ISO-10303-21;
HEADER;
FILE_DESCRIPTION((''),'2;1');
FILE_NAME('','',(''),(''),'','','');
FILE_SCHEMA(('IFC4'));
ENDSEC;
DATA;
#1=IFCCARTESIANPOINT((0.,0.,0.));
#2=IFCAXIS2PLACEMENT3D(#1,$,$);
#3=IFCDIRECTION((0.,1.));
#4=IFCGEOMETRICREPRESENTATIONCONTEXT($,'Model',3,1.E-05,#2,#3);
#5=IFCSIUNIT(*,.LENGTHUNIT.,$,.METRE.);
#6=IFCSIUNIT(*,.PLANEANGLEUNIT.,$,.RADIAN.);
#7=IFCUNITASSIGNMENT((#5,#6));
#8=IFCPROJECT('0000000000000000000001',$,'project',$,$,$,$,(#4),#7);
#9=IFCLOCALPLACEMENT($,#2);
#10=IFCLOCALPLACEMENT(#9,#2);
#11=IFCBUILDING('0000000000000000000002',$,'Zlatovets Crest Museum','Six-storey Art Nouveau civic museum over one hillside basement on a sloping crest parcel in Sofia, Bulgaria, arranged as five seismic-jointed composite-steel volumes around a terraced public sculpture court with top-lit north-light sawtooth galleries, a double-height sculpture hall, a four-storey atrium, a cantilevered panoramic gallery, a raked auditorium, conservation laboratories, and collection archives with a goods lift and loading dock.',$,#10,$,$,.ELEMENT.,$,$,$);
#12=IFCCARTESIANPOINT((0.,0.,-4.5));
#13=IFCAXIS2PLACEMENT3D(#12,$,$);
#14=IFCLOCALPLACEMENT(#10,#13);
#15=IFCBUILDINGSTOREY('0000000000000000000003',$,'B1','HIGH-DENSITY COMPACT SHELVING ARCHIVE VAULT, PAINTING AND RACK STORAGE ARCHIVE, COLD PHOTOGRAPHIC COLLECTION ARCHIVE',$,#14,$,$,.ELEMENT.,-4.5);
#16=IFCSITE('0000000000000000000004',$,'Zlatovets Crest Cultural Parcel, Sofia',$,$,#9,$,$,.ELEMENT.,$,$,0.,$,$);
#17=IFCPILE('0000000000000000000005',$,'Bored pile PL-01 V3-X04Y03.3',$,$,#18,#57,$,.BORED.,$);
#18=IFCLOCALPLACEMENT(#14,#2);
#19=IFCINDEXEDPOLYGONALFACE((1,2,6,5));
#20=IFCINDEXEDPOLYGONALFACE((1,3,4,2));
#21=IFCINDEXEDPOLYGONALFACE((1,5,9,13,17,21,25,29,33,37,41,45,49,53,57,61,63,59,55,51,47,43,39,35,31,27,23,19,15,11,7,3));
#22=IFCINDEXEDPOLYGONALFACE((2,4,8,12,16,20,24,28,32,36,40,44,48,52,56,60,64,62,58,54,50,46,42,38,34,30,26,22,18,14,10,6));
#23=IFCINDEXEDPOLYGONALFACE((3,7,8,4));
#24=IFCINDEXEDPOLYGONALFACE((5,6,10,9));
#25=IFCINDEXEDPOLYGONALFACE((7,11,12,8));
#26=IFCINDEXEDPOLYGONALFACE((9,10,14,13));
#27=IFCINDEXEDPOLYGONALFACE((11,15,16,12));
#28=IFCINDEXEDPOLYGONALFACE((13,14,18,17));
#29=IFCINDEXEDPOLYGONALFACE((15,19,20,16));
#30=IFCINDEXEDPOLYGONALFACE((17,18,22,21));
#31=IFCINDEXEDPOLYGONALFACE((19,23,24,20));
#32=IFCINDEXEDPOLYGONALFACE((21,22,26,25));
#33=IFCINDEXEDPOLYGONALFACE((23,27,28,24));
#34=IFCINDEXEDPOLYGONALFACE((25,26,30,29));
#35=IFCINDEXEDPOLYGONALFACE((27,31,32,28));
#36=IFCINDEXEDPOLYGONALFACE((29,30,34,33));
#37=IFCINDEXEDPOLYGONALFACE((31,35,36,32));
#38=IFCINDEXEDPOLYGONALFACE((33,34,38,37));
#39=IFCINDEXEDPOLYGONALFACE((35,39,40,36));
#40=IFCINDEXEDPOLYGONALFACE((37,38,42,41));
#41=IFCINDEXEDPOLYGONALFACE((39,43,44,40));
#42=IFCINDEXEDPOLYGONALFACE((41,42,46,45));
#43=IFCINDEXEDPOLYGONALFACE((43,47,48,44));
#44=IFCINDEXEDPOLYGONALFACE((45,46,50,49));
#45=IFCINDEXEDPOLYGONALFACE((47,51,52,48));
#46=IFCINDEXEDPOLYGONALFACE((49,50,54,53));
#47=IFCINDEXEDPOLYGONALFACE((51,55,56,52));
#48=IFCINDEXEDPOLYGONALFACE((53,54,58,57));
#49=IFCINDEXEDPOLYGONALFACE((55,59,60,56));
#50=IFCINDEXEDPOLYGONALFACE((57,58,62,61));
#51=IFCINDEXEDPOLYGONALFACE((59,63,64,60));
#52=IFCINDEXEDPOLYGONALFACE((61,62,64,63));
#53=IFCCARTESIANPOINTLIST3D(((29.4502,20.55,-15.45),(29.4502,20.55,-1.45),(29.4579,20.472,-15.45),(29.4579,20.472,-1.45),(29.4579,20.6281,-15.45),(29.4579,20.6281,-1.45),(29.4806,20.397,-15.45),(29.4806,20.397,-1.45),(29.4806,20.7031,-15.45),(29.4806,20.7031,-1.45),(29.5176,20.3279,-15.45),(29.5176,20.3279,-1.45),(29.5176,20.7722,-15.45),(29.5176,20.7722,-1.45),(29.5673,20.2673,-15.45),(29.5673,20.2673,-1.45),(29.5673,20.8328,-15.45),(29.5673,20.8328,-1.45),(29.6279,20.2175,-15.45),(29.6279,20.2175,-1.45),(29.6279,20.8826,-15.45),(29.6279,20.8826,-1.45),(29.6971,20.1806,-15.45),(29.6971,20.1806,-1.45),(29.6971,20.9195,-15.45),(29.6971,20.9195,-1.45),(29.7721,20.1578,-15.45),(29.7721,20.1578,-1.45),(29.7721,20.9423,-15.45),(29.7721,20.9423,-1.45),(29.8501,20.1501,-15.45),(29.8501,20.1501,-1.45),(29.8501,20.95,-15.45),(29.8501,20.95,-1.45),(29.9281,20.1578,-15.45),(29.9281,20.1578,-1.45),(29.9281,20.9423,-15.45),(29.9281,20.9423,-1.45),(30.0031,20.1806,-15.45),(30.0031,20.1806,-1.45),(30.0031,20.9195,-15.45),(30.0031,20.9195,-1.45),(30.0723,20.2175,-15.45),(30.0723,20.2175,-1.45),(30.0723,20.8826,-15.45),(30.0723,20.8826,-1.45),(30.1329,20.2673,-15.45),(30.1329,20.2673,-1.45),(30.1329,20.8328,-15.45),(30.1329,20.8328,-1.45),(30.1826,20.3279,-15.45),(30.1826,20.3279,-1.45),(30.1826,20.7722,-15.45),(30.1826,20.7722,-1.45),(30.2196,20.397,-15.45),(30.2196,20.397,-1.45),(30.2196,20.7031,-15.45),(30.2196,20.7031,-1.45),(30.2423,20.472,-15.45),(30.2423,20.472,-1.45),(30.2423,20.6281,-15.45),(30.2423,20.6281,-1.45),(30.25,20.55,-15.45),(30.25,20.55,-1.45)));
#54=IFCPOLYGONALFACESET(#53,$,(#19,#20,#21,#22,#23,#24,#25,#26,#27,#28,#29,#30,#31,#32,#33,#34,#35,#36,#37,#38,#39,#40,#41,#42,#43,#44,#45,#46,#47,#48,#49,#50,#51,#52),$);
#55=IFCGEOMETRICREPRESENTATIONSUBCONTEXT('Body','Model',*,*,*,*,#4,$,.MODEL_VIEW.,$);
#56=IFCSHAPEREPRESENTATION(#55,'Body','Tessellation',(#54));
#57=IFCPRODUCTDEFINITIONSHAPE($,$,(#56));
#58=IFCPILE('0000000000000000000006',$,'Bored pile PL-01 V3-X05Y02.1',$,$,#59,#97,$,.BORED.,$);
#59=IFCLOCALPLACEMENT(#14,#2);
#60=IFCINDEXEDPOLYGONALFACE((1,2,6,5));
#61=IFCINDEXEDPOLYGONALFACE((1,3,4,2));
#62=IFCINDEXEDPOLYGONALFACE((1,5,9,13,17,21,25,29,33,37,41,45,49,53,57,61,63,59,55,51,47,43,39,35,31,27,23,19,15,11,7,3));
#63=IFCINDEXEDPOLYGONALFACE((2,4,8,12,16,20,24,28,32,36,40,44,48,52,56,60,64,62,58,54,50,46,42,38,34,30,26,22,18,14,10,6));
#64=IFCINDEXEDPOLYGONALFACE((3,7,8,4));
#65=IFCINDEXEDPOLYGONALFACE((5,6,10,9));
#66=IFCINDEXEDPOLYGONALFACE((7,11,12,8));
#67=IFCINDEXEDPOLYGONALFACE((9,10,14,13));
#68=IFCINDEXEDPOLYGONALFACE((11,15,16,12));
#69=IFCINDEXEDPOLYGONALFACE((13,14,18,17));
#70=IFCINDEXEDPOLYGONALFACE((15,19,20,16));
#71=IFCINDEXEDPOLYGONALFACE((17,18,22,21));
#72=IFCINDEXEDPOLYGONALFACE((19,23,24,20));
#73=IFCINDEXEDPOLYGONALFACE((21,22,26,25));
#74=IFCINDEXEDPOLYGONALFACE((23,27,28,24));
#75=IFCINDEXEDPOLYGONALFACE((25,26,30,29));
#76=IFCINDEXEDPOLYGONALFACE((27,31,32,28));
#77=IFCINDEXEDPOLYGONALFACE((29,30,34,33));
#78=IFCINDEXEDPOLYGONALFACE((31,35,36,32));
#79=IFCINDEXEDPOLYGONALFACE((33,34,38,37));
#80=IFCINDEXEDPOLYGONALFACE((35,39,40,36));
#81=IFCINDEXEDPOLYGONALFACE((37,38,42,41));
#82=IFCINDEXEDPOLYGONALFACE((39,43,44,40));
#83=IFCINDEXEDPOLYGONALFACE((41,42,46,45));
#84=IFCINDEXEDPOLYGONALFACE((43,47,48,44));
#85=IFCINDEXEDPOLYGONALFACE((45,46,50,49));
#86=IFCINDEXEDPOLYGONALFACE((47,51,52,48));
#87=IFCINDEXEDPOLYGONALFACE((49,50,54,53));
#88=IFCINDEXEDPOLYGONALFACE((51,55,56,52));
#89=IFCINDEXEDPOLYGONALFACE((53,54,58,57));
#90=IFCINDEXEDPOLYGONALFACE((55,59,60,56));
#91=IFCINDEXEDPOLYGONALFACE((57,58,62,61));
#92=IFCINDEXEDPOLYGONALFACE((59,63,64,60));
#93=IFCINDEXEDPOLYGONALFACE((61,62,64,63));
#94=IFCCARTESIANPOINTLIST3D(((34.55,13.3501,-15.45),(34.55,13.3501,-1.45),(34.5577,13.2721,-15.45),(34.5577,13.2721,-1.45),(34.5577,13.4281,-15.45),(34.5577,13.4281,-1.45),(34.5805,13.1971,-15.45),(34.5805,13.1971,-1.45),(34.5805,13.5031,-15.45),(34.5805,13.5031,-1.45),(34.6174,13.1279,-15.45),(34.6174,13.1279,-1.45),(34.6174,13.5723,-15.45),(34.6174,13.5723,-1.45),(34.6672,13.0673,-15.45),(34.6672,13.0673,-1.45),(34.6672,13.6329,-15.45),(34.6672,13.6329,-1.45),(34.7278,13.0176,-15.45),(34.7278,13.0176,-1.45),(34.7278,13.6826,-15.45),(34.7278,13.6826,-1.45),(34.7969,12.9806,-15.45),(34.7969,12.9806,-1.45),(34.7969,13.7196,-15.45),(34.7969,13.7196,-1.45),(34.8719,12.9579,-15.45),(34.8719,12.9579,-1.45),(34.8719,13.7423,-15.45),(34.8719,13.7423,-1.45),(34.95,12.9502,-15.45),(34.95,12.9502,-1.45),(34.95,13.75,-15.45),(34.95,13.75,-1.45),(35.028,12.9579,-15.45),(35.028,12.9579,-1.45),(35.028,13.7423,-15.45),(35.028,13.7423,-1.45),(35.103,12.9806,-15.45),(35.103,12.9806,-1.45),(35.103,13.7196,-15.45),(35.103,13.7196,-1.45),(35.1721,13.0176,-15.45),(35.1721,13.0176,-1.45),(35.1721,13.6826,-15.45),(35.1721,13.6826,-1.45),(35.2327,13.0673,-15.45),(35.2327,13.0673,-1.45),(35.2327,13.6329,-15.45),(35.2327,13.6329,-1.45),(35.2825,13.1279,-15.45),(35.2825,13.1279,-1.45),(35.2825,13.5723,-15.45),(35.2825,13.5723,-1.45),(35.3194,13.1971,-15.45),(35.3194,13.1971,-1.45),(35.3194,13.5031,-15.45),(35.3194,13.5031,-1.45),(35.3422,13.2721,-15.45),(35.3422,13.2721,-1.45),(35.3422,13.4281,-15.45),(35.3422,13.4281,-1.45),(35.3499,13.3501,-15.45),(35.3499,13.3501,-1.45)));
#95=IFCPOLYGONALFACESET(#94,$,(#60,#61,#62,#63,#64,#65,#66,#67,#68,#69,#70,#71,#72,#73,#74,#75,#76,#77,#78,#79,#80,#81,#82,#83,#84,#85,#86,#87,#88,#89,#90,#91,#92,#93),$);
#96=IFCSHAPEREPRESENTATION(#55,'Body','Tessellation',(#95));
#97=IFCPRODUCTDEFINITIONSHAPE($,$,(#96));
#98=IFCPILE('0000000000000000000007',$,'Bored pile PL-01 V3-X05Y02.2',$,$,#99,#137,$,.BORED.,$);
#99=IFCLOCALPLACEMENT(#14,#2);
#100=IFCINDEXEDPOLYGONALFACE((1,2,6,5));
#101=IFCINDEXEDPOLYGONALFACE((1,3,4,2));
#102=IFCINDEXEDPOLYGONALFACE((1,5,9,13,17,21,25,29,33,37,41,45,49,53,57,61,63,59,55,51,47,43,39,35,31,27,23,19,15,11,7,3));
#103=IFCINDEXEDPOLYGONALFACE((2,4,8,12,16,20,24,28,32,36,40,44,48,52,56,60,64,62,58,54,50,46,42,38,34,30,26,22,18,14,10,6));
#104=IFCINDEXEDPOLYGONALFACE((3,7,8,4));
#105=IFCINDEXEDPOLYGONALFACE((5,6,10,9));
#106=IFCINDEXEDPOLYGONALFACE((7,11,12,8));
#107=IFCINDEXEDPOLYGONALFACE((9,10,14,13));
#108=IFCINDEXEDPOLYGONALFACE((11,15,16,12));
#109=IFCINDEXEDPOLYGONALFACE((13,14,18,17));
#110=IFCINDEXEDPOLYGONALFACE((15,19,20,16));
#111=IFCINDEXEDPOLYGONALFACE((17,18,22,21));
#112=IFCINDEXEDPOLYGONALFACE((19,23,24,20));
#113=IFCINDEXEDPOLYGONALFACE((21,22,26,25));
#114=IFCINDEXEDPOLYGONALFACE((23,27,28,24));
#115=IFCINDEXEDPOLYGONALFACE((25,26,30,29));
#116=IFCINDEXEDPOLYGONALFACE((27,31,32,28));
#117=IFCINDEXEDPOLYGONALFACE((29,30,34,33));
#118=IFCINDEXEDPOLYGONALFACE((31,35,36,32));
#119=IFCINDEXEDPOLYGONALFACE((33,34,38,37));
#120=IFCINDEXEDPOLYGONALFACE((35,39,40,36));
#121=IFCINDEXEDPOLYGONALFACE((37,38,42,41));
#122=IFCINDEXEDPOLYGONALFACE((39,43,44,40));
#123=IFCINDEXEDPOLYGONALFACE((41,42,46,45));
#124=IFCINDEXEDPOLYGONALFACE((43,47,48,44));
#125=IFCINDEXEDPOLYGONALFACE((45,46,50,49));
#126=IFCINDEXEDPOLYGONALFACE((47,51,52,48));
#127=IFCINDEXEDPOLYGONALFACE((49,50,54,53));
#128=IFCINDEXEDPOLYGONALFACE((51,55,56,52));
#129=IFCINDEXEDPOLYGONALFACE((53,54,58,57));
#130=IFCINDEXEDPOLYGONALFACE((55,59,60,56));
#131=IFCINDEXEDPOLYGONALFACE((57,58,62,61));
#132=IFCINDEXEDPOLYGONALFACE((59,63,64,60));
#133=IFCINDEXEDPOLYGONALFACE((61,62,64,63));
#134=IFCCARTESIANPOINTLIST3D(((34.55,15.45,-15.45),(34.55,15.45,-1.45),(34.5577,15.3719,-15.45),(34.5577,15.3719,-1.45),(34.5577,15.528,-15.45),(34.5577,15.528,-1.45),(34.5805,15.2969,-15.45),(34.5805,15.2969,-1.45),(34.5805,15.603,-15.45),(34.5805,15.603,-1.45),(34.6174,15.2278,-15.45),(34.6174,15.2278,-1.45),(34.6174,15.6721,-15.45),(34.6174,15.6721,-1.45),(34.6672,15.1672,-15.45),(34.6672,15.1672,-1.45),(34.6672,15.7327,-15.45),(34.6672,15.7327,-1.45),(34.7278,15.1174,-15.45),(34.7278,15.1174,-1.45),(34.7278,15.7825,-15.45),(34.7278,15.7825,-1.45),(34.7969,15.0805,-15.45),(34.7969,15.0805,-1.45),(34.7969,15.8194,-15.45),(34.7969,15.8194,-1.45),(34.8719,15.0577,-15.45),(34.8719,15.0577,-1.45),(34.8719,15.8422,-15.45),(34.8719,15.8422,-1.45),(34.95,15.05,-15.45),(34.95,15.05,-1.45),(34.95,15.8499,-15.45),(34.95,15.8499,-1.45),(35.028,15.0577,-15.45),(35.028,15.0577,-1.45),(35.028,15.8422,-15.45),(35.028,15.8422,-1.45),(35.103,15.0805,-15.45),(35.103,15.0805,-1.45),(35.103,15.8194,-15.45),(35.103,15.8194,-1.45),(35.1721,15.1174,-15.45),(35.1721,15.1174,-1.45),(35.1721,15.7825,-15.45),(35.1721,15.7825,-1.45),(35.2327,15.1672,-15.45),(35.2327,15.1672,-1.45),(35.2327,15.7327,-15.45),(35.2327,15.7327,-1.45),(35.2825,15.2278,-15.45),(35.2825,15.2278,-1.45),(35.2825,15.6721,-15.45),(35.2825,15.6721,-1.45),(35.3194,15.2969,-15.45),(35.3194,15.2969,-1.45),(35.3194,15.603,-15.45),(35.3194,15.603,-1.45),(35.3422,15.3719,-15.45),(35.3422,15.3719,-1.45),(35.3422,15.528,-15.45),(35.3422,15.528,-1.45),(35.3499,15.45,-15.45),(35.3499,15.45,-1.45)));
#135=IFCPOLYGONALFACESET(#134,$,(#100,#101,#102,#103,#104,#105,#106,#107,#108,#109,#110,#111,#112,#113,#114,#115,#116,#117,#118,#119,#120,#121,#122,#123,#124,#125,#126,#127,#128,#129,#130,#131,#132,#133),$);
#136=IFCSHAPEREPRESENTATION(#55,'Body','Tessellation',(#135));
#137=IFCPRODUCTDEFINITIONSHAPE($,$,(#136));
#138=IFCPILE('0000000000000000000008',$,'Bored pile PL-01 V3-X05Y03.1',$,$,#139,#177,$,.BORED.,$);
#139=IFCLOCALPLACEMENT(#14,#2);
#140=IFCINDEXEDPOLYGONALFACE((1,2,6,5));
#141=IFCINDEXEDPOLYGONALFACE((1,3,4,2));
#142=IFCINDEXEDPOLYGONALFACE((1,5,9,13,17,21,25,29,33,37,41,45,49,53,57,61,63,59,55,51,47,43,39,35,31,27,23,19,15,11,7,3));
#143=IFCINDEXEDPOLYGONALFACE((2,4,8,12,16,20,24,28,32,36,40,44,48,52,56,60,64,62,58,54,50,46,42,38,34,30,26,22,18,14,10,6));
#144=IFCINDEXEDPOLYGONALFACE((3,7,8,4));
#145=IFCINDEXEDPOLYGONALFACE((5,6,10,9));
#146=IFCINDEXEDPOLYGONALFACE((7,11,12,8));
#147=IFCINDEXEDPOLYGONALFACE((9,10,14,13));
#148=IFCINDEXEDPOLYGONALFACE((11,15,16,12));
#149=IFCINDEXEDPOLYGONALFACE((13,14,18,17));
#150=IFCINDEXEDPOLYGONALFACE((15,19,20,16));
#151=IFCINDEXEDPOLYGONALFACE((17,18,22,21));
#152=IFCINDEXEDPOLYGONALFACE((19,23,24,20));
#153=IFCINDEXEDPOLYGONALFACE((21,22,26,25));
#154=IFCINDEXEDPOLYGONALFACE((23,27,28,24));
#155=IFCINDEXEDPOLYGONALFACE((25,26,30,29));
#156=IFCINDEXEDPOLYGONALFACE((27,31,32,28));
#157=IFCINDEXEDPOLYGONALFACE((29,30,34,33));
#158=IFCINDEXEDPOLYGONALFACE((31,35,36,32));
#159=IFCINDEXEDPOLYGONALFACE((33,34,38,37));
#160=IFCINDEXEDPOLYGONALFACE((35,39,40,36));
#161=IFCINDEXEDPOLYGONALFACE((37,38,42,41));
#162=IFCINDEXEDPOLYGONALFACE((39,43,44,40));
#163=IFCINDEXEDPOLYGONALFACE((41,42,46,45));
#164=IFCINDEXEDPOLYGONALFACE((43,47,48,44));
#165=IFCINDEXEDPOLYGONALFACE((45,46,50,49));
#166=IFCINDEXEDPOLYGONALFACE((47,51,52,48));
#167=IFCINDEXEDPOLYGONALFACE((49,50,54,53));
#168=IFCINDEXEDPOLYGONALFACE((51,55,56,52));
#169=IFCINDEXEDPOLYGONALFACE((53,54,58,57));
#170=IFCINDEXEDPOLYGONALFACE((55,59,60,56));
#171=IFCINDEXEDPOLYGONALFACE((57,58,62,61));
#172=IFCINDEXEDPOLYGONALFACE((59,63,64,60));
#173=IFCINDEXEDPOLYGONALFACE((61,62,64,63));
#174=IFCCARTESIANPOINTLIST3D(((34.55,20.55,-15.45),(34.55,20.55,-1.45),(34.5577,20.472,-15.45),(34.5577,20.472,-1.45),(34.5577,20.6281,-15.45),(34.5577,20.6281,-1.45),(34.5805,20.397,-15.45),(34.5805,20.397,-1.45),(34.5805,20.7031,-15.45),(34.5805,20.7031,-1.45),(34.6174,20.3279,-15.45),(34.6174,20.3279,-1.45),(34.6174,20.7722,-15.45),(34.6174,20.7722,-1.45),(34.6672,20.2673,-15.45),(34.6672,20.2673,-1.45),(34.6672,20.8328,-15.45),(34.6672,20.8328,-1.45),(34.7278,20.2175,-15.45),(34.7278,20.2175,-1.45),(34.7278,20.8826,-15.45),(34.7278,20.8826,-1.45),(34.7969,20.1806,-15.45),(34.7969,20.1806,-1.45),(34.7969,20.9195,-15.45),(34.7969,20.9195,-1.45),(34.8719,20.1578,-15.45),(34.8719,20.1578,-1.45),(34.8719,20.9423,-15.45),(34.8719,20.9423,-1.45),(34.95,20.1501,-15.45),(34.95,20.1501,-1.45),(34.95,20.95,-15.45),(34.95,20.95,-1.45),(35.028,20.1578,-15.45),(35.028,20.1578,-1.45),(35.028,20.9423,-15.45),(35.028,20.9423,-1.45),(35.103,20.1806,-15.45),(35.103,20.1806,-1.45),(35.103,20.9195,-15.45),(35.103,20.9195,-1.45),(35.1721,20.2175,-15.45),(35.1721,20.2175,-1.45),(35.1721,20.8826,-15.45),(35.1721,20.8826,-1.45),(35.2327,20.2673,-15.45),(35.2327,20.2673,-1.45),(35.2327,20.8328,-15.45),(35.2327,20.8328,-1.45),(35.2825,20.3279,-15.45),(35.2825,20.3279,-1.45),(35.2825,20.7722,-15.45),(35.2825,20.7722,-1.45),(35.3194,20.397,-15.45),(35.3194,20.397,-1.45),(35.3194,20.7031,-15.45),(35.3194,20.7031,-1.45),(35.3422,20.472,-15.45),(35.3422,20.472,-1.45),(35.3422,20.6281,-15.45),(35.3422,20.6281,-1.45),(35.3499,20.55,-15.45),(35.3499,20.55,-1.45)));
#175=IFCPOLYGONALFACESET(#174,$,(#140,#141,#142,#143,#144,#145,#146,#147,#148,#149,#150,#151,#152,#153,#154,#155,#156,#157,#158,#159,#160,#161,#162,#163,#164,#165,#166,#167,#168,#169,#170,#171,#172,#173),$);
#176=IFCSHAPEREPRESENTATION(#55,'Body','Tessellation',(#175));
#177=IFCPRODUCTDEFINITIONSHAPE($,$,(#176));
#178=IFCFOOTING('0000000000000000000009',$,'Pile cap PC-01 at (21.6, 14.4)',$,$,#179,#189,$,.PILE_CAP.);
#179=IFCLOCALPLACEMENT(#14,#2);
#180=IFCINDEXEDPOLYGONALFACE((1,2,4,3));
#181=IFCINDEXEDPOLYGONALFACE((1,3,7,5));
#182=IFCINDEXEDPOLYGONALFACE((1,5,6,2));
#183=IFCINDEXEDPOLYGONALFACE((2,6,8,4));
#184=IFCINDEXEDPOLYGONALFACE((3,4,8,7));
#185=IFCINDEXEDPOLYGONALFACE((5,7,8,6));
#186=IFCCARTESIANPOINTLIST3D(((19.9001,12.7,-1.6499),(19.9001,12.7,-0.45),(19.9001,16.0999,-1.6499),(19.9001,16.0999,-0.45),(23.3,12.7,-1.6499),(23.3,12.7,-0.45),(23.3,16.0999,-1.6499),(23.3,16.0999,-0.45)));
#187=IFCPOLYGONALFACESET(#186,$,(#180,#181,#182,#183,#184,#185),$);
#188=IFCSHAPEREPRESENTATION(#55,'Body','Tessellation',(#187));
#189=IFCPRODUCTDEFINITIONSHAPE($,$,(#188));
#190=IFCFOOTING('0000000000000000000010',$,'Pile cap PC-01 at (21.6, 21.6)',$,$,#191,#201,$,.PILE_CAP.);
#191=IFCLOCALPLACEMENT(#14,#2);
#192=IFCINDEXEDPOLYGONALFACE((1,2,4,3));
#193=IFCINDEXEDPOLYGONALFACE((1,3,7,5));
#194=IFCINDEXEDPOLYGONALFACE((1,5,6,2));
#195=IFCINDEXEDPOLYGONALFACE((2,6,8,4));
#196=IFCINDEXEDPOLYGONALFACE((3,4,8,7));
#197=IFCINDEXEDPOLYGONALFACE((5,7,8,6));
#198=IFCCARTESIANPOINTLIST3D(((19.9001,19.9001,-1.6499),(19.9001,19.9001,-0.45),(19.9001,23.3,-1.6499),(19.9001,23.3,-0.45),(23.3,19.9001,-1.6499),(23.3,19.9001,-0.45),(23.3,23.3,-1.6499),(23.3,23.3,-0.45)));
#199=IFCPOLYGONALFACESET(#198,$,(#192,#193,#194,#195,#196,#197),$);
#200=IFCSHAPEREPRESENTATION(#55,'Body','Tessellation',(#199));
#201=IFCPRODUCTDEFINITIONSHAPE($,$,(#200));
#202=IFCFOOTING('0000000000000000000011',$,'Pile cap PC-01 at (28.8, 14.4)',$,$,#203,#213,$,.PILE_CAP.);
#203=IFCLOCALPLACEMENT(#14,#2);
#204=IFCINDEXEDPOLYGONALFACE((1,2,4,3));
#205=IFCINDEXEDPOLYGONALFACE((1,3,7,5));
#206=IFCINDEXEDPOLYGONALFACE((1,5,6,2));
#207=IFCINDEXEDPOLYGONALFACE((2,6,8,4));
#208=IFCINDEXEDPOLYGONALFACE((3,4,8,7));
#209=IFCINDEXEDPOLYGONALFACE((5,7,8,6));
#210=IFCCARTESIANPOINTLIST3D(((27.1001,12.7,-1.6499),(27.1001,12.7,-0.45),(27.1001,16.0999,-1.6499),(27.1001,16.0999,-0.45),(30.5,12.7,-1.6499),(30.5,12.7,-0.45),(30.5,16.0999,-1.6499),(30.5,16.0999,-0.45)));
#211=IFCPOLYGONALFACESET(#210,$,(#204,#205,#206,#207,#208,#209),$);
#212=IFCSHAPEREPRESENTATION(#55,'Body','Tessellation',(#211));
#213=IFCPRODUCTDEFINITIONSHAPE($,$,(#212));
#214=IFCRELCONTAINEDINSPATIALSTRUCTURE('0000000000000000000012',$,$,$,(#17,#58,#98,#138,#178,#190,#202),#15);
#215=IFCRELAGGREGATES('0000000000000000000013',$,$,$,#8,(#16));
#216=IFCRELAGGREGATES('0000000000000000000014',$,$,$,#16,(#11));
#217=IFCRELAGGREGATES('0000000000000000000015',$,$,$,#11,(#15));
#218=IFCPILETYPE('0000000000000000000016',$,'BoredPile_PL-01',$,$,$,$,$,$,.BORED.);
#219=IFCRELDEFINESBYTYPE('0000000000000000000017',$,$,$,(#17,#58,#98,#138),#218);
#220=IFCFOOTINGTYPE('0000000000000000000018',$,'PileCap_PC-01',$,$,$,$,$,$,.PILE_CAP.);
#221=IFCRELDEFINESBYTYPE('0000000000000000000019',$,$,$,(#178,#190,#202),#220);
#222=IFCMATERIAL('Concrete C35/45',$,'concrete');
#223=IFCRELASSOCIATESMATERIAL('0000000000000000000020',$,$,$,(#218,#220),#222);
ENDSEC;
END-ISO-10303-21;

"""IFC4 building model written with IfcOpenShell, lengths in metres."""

from ifc_helpers import new_model, si_unit, direction, frame, origin, origin_2d, place, context, subcontext, project, spatial, rectangle, circle, extrude, material, material_profile, profile_set, type_object, element, save


model = new_model("IFC4")

# Units and contexts
model_context = context("Model", 3, precision=1e-05, world=origin(), true_north=direction((0.0, 1.0)))
body_context = subcontext(model_context, "Body", "Model", "MODEL_VIEW")
ifc_project = project(units=[si_unit("LENGTHUNIT", "METRE"), si_unit("PLANEANGLEUNIT", "RADIAN")], contexts=[model_context])

# Site, building, storey
site_placement = place(None, origin())
site = spatial("IfcSite", under=ifc_project, at=site_placement, Name="Zlatovets Crest Cultural Parcel, Sofia", CompositionType="ELEMENT", RefElevation=0.0)
building_placement = place(site_placement, origin())
building = spatial("IfcBuilding", under=site, at=building_placement, Name="Zlatovets Crest Museum", Description="Six-storey Art Nouveau civic museum over one hillside basement on a sloping crest parcel in Sofia, Bulgaria, arranged as five seismic-jointed composite-steel volumes around a terraced public sculpture court with top-lit north-light sawtooth galleries, a double-height sculpture hall, a four-storey atrium, a cantilevered panoramic gallery, a raked auditorium, conservation laboratories, and collection archives with a goods lift and loading dock.", CompositionType="ELEMENT")
storey_placement = place(building_placement, frame((0.0, 0.0, -4.5)))
storey = spatial("IfcBuildingStorey", under=building, at=storey_placement, Name="B1", Description="HIGH-DENSITY COMPACT SHELVING ARCHIVE VAULT, PAINTING AND RACK STORAGE ARCHIVE, COLD PHOTOGRAPHIC COLLECTION ARCHIVE", CompositionType="ELEMENT", Elevation=-4.5)

# Piles
ifc_material_1 = material(Name="Concrete C35/45", Category="concrete")
ifc_material_profile_1 = material_profile(ifc_material_1, circle(Radius=0.3999, at=origin_2d()), Name="PILE D800")
ifc_profile_set_1 = profile_set([ifc_material_profile_1], Name="Concrete C35/45")
pile_type = type_object("IfcPileType", Name="BoredPile_PL-01", PredefinedType="BORED", material=ifc_profile_set_1)
for number, where, z_axis, x_axis, name in (
    (1, (29.8501, 20.55, -1.45), (0.0, 0.0, -1.0), (1.0, 0.0, 0.0), "Bored pile PL-01 V3-X04Y03.3"),
    (2, (34.95, 13.3501, -1.45), (0.0, 0.0, -1.0), (1.0, 0.0, 0.0), "Bored pile PL-01 V3-X05Y02.1"),
    (3, (34.95, 15.45, -1.45), (0.0, 0.0, -1.0), (1.0, 0.0, 0.0), "Bored pile PL-01 V3-X05Y02.2"),
    (4, (34.95, 20.55, -1.45), (0.0, 0.0, -1.0), (1.0, 0.0, 0.0), "Bored pile PL-01 V3-X05Y03.1"),
):
    element("IfcPile", number, at=place(storey_placement, frame(where, z_axis=z_axis, x_axis=x_axis)), inside=storey, type_object=pile_type, Name=name, PredefinedType="BORED", context=body_context, shape_type="SweptSolid", body=[
        extrude(circle(Radius=0.3999, at=origin_2d()), origin(), (0.0, 0.0, 1.0), 14.0),
    ])

# Footings
footing_type = type_object("IfcFootingType", Name="PileCap_PC-01", PredefinedType="PILE_CAP", material=ifc_material_1)
for number, where, z_axis, x_axis, name in (
    (5, (21.6001, 14.3999, -1.6499), (0.0, 0.0, 1.0), (1.0, 0.0, 0.0), "Pile cap PC-01 at (21.6, 14.4)"),
    (6, (21.6001, 21.6001, -1.6499), (0.0, 0.0, 1.0), (1.0, 0.0, 0.0), "Pile cap PC-01 at (21.6, 21.6)"),
    (7, (28.8, 14.3999, -1.6499), (0.0, 0.0, 1.0), (1.0, 0.0, 0.0), "Pile cap PC-01 at (28.8, 14.4)"),
):
    element("IfcFooting", number, at=place(storey_placement, frame(where, z_axis=z_axis, x_axis=x_axis)), inside=storey, type_object=footing_type, Name=name, PredefinedType="PILE_CAP", context=body_context, shape_type="SweptSolid", body=[
        extrude(rectangle(XDim=3.3999, YDim=3.3999, at=origin_2d()), origin(), (0.0, 0.0, 1.0), 1.2),
    ])

save(model, "model.ifc")
